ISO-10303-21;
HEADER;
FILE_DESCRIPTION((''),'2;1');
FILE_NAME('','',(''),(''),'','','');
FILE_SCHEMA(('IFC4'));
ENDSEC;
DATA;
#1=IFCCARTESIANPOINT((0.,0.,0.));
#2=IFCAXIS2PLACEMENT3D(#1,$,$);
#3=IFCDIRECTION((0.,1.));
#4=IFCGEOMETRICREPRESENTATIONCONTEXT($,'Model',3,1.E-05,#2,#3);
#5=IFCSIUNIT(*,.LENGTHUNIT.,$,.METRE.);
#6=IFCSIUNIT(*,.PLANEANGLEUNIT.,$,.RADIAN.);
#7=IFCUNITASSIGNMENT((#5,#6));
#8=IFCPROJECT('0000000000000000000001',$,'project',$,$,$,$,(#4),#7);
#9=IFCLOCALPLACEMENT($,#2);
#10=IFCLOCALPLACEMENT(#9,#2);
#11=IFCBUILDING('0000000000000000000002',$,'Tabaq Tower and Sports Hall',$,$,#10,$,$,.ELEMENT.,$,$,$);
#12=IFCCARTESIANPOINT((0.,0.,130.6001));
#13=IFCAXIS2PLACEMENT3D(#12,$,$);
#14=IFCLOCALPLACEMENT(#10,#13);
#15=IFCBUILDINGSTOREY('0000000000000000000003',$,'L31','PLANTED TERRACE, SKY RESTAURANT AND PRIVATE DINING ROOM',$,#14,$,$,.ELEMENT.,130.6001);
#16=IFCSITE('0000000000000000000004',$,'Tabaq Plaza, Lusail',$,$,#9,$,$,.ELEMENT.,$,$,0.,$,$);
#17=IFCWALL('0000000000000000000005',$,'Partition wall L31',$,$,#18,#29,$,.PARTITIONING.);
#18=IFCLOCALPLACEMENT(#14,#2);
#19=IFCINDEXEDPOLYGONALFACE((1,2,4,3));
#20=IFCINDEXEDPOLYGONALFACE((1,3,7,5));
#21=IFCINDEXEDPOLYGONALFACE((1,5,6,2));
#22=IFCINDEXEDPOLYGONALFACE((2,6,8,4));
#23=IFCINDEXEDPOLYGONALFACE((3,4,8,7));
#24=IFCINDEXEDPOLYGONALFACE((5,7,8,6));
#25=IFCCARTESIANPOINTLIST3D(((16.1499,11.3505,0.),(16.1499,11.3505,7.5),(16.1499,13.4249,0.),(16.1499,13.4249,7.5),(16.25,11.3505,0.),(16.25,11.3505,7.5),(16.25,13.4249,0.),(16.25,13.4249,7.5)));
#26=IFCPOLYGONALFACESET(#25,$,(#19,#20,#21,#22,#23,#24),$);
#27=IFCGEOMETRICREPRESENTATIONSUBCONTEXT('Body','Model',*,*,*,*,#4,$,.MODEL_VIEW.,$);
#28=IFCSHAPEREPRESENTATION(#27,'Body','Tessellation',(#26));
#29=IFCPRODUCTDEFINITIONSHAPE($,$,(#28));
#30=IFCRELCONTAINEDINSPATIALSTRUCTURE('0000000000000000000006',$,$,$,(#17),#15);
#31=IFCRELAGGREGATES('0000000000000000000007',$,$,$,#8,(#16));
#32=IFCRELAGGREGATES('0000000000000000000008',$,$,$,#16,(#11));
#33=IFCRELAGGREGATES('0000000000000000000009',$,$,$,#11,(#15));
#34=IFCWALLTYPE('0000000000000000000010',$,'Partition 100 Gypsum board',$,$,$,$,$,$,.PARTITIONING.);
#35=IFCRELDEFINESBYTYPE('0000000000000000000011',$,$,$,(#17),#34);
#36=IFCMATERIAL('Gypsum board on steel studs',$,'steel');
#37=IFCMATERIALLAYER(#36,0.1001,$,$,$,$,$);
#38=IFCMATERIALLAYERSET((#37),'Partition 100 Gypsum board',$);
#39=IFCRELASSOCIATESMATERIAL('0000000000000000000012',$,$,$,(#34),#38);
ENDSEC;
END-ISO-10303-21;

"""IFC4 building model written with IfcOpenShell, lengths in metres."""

from ifc_helpers import new_model, si_unit, direction, frame, frame_2d, origin, place, context, subcontext, project, spatial, rectangle, extrude, material, layer, layer_set, type_object, element, save


model = new_model("IFC4")

# Units and contexts
model_context = context("Model", 3, precision=1e-05, world=origin(), true_north=direction((0.0, 1.0)))
body_context = subcontext(model_context, "Body", "Model", "MODEL_VIEW")
ifc_project = project(units=[si_unit("LENGTHUNIT", "METRE"), si_unit("PLANEANGLEUNIT", "RADIAN")], contexts=[model_context])

# Site, building, storey
site_placement = place(None, origin())
site = spatial("IfcSite", under=ifc_project, at=site_placement, Name="Tabaq Plaza, Lusail", CompositionType="ELEMENT", RefElevation=0.0)
building_placement = place(site_placement, origin())
building = spatial("IfcBuilding", under=site, at=building_placement, Name="Tabaq Tower and Sports Hall", CompositionType="ELEMENT")
storey_placement = place(building_placement, frame((0.0, 0.0, 130.6001)))
storey = spatial("IfcBuildingStorey", under=building, at=storey_placement, Name="L31", Description="PLANTED TERRACE, SKY RESTAURANT AND PRIVATE DINING ROOM", CompositionType="ELEMENT", Elevation=130.6001)

# Wall
ifc_material_1 = material(Name="Gypsum board on steel studs", Category="steel")
ifc_layer_1 = layer(ifc_material_1, 0.1001)
ifc_layer_set_1 = layer_set([ifc_layer_1], Name="Partition 100 Gypsum board")
wall_type_1 = type_object("IfcWallType", Name="Partition 100 Gypsum board", PredefinedType="PARTITIONING", material=ifc_layer_set_1)
wall_1_placement = place(storey_placement, frame((16.2, 11.3506, 0.0), z_axis=(0.0, 0.0, 1.0), x_axis=(0.0, 1.0, 0.0)))
element("IfcWall", 1, at=wall_1_placement, inside=storey, type_object=wall_type_1, Name="Partition wall L31", PredefinedType="PARTITIONING", context=body_context, shape_type="SweptSolid", body=[
    extrude(rectangle(XDim=2.0745, YDim=0.1001, at=frame_2d((1.0371, 0.0))), origin(), (0.0, 0.0, 1.0), 7.5),
])

save(model, "model.ifc")
